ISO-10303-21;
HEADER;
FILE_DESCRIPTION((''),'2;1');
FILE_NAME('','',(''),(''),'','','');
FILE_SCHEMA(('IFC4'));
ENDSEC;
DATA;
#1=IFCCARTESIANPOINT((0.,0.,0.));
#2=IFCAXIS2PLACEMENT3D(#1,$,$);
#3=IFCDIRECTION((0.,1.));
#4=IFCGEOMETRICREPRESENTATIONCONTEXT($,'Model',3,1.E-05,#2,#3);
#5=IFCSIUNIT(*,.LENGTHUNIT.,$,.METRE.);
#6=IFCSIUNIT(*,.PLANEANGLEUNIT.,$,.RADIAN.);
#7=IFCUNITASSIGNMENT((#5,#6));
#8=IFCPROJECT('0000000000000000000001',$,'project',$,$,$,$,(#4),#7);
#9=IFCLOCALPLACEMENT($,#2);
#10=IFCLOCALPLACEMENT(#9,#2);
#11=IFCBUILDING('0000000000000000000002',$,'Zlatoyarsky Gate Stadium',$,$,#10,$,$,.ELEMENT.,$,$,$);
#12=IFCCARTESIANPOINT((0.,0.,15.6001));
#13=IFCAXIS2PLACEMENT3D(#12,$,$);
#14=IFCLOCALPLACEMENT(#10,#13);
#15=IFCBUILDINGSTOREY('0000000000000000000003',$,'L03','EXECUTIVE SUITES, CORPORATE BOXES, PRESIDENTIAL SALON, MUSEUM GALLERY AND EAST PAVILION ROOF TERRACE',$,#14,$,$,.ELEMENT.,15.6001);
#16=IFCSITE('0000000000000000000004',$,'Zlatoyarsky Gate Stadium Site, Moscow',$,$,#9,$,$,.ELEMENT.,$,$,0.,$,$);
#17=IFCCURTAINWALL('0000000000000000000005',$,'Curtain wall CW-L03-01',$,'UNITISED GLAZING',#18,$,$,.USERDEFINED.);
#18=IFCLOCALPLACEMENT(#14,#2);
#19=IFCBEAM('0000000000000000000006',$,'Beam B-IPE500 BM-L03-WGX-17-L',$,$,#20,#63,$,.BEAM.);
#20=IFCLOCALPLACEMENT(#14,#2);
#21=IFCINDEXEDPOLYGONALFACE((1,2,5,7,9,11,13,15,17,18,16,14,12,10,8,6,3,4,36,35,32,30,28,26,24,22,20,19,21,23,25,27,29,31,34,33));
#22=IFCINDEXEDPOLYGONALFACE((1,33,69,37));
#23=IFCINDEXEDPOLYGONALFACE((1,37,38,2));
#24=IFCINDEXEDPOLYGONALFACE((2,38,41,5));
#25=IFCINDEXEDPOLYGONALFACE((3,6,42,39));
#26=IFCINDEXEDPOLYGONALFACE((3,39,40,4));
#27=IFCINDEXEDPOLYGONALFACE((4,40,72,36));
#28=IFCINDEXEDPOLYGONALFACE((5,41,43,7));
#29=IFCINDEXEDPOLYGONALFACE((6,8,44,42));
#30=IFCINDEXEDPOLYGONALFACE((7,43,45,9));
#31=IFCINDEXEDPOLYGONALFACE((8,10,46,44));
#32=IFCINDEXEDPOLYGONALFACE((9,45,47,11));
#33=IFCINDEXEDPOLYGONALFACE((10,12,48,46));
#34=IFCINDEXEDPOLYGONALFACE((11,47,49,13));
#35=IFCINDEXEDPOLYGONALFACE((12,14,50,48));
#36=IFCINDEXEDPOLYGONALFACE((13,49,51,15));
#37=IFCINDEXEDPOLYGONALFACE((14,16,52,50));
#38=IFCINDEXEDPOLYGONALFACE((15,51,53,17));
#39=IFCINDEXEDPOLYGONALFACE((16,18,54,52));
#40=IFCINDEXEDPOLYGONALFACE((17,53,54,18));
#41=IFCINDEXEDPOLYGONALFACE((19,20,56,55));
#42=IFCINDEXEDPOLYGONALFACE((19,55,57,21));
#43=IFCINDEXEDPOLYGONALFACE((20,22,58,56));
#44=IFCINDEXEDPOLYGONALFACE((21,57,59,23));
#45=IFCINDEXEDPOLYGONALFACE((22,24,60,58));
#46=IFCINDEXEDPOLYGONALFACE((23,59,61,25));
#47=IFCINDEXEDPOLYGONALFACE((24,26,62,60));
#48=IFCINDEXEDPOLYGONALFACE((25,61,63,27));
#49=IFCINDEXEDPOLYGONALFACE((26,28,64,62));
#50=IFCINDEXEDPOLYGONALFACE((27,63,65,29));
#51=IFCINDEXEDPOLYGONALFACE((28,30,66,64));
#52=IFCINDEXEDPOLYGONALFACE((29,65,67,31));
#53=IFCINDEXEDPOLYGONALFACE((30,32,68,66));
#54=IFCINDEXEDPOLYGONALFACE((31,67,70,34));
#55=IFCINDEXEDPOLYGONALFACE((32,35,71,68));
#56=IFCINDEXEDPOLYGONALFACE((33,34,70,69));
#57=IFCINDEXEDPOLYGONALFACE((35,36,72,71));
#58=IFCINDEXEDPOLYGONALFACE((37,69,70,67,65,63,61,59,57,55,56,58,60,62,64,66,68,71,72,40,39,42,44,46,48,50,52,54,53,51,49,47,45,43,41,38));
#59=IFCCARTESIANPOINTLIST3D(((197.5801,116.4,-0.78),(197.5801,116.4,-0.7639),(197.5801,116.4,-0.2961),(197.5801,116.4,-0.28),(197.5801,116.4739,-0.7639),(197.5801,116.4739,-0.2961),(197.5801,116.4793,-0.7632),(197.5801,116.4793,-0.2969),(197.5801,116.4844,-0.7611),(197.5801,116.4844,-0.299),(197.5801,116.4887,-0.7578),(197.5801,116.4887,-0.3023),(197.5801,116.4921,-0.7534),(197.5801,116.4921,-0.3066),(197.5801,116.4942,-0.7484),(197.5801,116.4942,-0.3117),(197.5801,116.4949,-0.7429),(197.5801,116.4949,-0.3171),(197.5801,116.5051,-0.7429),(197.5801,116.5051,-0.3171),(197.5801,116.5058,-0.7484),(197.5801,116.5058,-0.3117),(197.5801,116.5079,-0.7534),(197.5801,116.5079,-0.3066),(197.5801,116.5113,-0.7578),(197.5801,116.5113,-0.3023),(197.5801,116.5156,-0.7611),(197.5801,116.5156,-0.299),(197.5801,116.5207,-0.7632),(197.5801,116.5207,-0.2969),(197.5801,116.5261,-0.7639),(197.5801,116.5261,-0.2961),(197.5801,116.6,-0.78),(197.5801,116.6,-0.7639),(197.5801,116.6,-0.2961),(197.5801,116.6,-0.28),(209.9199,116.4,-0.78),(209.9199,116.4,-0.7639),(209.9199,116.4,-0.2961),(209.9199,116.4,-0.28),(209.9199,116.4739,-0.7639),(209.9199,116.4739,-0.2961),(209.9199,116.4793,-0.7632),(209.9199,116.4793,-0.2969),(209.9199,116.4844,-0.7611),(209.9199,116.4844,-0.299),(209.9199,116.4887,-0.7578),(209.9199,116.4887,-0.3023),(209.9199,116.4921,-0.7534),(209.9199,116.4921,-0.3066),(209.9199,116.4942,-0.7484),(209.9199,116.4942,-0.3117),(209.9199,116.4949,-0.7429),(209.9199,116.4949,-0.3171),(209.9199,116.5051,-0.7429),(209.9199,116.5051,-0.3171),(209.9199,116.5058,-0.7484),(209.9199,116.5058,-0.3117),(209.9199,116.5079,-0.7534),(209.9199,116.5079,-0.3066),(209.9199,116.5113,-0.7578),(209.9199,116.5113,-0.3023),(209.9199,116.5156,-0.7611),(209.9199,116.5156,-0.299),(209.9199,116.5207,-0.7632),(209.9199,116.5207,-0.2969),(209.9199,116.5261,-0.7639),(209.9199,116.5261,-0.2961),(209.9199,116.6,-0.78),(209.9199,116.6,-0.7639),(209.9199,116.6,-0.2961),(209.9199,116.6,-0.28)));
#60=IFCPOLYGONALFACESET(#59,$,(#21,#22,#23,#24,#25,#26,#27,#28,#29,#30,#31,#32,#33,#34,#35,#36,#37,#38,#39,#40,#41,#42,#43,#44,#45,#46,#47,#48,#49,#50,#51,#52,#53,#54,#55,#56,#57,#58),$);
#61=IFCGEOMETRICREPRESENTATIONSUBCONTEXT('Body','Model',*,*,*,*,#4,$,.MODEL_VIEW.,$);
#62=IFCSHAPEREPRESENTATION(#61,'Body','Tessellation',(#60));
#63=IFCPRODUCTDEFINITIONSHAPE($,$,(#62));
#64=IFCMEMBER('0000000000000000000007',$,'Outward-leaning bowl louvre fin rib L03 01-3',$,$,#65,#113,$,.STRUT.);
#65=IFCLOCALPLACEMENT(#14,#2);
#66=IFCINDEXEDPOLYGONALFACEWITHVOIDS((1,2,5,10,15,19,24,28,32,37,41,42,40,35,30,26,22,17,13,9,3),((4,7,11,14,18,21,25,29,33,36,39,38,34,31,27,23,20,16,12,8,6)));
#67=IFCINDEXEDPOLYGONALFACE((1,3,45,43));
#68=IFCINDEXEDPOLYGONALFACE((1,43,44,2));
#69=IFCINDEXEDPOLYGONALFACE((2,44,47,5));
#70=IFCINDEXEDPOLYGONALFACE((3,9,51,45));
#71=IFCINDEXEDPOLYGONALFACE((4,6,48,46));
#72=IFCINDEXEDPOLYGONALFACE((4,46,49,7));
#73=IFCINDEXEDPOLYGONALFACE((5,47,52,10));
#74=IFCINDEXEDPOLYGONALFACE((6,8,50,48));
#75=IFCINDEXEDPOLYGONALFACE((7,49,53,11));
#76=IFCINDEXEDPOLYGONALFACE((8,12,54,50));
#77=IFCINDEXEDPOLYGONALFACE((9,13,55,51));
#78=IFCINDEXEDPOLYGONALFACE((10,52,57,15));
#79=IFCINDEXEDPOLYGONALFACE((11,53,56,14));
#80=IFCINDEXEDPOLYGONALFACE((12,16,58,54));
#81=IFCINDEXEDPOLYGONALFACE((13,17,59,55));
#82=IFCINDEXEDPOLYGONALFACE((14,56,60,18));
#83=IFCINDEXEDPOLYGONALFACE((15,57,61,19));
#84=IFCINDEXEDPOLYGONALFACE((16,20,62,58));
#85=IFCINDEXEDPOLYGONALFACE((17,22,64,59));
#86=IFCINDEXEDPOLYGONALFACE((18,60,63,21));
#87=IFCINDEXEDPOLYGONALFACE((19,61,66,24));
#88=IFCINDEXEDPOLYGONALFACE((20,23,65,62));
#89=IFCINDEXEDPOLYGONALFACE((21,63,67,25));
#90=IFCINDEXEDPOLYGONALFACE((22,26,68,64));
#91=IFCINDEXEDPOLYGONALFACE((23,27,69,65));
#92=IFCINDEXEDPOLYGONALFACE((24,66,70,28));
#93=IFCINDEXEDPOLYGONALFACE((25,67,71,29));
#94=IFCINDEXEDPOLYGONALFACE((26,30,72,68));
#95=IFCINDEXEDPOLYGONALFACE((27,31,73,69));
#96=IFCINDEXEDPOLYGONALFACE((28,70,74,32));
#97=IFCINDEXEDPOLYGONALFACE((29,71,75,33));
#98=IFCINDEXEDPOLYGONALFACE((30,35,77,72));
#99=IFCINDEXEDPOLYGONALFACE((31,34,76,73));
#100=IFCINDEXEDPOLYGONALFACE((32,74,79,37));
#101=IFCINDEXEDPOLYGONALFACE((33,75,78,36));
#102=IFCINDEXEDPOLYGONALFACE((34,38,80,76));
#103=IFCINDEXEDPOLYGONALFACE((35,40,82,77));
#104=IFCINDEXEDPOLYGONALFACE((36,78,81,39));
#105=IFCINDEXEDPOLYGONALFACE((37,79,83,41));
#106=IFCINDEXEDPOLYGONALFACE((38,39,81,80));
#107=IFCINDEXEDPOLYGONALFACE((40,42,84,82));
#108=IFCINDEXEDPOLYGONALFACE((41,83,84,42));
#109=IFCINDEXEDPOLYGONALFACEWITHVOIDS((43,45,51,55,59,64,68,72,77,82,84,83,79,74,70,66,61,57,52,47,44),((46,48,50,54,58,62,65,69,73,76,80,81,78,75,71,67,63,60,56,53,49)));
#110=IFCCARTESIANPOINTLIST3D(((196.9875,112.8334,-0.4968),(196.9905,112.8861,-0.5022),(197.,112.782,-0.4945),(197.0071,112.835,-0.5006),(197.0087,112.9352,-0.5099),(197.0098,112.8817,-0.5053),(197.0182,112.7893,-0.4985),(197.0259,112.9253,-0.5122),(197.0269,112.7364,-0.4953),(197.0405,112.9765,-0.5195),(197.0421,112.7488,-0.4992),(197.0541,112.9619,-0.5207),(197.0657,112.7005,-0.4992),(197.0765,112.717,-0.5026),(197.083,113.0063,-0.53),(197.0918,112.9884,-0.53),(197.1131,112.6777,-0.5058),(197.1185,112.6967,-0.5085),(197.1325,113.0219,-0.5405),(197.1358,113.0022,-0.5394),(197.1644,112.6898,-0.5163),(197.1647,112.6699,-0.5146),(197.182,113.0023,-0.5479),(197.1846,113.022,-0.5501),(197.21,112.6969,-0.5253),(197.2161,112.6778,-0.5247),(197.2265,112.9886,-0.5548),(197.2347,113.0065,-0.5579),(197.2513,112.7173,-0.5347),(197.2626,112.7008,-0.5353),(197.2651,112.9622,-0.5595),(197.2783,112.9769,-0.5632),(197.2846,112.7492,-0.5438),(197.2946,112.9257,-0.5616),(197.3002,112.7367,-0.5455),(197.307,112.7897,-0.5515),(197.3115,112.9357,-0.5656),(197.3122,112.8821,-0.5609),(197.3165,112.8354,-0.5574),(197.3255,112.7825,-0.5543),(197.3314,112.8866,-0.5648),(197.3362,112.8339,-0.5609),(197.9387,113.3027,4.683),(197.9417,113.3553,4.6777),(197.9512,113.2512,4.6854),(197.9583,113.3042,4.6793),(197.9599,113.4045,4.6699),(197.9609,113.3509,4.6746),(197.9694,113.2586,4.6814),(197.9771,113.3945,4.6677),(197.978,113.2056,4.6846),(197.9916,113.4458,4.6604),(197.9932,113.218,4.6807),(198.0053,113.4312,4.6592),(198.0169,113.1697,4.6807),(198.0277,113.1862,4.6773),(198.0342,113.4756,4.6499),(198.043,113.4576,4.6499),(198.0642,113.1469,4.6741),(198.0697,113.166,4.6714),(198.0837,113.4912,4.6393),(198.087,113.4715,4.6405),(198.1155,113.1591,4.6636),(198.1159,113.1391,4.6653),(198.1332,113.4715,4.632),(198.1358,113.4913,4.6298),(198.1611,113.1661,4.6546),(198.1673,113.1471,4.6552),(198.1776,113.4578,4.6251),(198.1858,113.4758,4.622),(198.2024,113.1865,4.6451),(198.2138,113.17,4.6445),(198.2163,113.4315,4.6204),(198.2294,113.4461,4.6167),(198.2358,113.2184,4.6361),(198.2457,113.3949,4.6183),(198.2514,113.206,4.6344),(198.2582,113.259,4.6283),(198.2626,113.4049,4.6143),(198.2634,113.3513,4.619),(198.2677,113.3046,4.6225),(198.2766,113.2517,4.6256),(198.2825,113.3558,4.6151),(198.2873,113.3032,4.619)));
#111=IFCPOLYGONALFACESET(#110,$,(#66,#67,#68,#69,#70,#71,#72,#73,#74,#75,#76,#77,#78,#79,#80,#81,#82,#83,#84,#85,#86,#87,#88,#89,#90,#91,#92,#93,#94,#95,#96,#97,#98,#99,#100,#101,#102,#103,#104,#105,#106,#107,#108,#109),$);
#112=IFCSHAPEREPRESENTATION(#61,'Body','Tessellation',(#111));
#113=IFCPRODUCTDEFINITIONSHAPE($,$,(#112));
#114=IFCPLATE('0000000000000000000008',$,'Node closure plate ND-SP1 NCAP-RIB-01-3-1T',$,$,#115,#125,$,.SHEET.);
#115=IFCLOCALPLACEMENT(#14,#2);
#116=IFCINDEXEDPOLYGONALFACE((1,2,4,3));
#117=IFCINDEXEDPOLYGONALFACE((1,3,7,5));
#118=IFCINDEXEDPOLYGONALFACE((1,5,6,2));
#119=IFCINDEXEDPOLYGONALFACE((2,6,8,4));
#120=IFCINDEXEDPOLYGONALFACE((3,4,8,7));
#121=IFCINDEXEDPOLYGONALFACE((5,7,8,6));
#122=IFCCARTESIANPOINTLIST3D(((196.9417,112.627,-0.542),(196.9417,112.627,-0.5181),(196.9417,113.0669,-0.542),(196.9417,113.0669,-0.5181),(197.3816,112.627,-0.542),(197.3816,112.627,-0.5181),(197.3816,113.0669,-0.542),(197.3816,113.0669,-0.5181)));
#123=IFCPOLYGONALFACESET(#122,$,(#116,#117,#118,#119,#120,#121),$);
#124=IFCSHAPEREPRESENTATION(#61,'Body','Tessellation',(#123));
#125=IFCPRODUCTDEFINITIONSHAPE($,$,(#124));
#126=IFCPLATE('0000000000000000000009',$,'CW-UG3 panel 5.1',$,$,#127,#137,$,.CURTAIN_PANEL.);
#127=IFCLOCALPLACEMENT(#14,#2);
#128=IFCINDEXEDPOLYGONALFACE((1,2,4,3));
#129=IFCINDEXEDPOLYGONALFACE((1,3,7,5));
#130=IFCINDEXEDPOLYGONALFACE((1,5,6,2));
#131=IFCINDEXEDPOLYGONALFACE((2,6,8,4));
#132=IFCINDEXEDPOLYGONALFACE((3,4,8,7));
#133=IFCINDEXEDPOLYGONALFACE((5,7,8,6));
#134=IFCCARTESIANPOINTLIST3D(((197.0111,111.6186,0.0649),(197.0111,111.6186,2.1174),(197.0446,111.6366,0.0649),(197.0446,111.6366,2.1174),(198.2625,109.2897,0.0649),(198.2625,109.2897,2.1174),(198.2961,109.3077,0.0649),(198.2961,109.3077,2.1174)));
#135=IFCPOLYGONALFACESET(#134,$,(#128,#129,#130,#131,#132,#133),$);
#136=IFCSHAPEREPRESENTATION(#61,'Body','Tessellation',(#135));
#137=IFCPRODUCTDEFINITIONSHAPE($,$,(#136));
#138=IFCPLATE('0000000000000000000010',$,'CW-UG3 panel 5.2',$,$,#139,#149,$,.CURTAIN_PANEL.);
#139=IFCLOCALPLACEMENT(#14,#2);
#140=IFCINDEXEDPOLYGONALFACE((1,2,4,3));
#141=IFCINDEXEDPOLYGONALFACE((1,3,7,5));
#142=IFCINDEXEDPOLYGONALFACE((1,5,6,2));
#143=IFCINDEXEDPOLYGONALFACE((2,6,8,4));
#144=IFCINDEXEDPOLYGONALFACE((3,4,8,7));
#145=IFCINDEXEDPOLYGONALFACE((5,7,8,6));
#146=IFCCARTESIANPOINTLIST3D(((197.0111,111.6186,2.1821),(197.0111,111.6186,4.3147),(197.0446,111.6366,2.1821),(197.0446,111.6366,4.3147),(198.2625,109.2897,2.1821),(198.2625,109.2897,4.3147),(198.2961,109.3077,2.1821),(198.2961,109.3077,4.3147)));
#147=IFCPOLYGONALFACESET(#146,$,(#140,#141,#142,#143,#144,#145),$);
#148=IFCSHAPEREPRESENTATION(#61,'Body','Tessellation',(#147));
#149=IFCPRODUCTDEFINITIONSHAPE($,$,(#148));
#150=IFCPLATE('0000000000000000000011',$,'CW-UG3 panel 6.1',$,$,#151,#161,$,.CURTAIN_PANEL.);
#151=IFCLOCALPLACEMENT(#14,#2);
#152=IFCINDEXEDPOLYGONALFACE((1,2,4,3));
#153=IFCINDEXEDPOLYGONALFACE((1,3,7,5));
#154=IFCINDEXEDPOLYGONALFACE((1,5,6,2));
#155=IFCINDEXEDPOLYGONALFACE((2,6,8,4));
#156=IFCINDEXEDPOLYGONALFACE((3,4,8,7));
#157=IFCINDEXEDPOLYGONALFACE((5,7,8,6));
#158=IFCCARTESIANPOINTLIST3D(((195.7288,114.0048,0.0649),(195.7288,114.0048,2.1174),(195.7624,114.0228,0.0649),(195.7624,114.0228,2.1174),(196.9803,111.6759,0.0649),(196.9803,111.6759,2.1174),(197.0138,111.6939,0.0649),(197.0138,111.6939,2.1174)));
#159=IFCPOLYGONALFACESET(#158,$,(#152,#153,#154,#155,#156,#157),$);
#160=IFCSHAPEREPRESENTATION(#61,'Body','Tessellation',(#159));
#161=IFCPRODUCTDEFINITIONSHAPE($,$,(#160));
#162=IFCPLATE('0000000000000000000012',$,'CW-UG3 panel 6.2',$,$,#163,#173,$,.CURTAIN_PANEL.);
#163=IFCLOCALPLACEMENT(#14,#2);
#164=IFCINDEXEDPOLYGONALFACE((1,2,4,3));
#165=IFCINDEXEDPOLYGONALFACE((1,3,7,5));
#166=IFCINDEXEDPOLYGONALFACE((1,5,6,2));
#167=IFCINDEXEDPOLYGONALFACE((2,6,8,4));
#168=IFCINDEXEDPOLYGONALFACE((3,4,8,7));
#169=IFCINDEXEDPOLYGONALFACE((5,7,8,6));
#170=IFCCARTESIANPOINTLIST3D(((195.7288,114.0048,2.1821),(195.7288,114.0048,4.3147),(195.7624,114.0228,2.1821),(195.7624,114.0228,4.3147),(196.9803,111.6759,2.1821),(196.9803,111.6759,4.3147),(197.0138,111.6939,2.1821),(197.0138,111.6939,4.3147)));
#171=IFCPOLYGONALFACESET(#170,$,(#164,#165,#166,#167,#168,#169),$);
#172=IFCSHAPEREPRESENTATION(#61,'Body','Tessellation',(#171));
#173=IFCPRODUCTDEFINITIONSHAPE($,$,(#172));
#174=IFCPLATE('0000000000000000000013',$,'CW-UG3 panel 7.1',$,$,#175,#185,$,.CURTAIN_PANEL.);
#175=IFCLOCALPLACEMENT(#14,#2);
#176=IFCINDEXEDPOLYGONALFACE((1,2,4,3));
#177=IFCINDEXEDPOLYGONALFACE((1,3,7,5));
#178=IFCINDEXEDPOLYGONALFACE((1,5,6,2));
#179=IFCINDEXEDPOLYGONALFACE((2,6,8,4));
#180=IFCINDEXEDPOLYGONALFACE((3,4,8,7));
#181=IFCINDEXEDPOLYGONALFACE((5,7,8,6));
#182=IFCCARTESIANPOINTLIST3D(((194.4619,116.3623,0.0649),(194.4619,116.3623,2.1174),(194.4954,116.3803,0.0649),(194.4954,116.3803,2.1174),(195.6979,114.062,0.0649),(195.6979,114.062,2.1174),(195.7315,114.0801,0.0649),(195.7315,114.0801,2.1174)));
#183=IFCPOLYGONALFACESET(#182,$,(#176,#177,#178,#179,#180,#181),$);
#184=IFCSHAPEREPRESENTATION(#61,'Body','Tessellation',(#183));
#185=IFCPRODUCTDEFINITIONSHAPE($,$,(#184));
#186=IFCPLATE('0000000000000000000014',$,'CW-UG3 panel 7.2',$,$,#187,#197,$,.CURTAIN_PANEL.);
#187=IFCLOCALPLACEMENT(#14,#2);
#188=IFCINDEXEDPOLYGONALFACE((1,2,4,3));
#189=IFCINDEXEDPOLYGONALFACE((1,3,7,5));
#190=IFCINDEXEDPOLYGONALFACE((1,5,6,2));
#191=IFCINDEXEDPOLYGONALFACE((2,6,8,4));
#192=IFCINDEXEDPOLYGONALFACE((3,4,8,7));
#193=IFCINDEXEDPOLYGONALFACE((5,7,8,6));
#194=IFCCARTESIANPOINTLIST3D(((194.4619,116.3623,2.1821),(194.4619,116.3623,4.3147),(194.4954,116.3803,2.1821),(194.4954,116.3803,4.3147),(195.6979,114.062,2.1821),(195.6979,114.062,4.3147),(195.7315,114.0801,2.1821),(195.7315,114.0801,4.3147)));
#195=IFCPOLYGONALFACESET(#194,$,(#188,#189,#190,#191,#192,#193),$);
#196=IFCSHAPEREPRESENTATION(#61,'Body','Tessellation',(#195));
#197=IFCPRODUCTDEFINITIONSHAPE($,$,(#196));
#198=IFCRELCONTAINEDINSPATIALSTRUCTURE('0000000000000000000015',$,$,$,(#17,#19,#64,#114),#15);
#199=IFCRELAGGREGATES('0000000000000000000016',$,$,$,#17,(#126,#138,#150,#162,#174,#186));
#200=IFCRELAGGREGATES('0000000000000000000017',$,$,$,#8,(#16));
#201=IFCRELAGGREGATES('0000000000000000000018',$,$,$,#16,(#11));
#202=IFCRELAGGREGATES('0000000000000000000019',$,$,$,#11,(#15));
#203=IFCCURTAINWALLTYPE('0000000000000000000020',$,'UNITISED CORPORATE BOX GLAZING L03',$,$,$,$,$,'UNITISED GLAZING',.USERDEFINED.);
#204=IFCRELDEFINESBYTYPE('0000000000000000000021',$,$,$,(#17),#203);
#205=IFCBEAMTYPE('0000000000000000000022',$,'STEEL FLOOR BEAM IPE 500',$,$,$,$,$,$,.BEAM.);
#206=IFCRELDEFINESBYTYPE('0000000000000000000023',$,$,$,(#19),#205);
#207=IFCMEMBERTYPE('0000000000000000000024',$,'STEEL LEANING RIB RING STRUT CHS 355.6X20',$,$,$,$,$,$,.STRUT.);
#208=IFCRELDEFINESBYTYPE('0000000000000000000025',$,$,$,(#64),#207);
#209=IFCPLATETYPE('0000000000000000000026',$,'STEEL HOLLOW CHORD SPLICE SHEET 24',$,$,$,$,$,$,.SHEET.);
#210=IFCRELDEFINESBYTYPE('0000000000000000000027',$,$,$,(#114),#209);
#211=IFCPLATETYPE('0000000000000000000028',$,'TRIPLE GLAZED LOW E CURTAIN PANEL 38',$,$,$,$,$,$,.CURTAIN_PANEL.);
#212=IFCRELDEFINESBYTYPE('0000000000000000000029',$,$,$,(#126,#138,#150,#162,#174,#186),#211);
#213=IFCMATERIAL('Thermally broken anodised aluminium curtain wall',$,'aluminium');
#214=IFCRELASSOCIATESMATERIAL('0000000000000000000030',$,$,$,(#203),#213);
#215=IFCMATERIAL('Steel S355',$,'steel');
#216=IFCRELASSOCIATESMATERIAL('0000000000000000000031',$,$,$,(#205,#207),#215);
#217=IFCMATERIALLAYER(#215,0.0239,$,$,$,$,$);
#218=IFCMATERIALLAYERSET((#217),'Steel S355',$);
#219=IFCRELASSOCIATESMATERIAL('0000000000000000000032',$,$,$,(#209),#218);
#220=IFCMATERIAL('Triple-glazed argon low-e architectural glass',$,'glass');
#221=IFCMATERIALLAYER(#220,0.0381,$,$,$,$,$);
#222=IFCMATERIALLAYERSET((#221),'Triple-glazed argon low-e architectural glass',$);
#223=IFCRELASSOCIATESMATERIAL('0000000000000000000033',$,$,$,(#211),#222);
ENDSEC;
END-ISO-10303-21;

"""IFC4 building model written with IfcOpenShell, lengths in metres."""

from ifc_helpers import new_model, si_unit, direction, frame, origin, origin_2d, place, context, subcontext, project, spatial, rectangle, hollow_circle, i_section, extrude, material, layer, layer_set, material_profile, profile_set, type_object, element, aggregate, save


model = new_model("IFC4")

# Units and contexts
model_context = context("Model", 3, precision=1e-05, world=origin(), true_north=direction((0.0, 1.0)))
body_context = subcontext(model_context, "Body", "Model", "MODEL_VIEW")
ifc_project = project(units=[si_unit("LENGTHUNIT", "METRE"), si_unit("PLANEANGLEUNIT", "RADIAN")], contexts=[model_context])

# Site, building, storey
site_placement = place(None, origin())
site = spatial("IfcSite", under=ifc_project, at=site_placement, Name="Zlatoyarsky Gate Stadium Site, Moscow", CompositionType="ELEMENT", RefElevation=0.0)
building_placement = place(site_placement, origin())
building = spatial("IfcBuilding", under=site, at=building_placement, Name="Zlatoyarsky Gate Stadium", CompositionType="ELEMENT")
storey_placement = place(building_placement, frame((0.0, 0.0, 15.6001)))
storey = spatial("IfcBuildingStorey", under=building, at=storey_placement, Name="L03", Description="EXECUTIVE SUITES, CORPORATE BOXES, PRESIDENTIAL SALON, MUSEUM GALLERY AND EAST PAVILION ROOF TERRACE", CompositionType="ELEMENT", Elevation=15.6001)

# Shared definitions
ifc_material_1 = material(Name="Steel S355", Category="steel")

# Curtain wall
ifc_material_2 = material(Name="Thermally broken anodised aluminium curtain wall", Category="aluminium")
curtain_wall_type = type_object("IfcCurtainWallType", Name="UNITISED CORPORATE BOX GLAZING L03", ElementType="UNITISED GLAZING", PredefinedType="USERDEFINED", material=ifc_material_2)
curtain_wall_placement = place(storey_placement, origin())
curtain_wall = element("IfcCurtainWall", 1, at=curtain_wall_placement, inside=storey, type_object=curtain_wall_type, Name="Curtain wall CW-L03-01", ObjectType="UNITISED GLAZING", PredefinedType="USERDEFINED")

# Beam
ifc_material_profile_1 = material_profile(ifc_material_1, i_section(OverallWidth=0.2, OverallDepth=0.5, WebThickness=0.0103, FlangeThickness=0.0161, FilletRadius=0.021, at=origin_2d()), Name="IPE 500")
ifc_profile_set_1 = profile_set([ifc_material_profile_1], Name="Steel S355")
beam_type = type_object("IfcBeamType", Name="STEEL FLOOR BEAM IPE 500", PredefinedType="BEAM", material=ifc_profile_set_1)
beam_placement = place(storey_placement, frame((197.5801, 116.5, -0.53), z_axis=(1.0, 0.0, 0.0), x_axis=(0.0, 1.0, 0.0)))
element("IfcBeam", 2, at=beam_placement, inside=storey, type_object=beam_type, Name="Beam B-IPE500 BM-L03-WGX-17-L", PredefinedType="BEAM", context=body_context, shape_type="SweptSolid", body=[
    extrude(i_section(OverallWidth=0.2, OverallDepth=0.5, WebThickness=0.0103, FlangeThickness=0.0161, FilletRadius=0.021, at=origin_2d()), origin(), (0.0, 0.0, 1.0), 12.3398),
])

# Member
ifc_material_profile_2 = material_profile(ifc_material_1, hollow_circle(Radius=0.1777, WallThickness=0.02, at=origin_2d()), Name="CHS 355.6X20")
ifc_profile_set_2 = profile_set([ifc_material_profile_2], Name="Steel S355")
member_type_1 = type_object("IfcMemberType", Name="STEEL LEANING RIB RING STRUT CHS 355.6X20", PredefinedType="STRUT", material=ifc_profile_set_2)
member_1_placement = place(storey_placement, frame((197.1616, 112.8469, -0.53), z_axis=(0.179894, 0.088746, 0.979675), x_axis=(-0.442419, 0.896808, 0.0)))
element("IfcMember", 3, at=member_1_placement, inside=storey, type_object=member_type_1, Name="Outward-leaning bowl louvre fin rib L03 01-3", PredefinedType="STRUT", context=body_context, shape_type="SweptSolid", body=[
    extrude(hollow_circle(Radius=0.1777, WallThickness=0.02, at=origin_2d()), origin(), (0.0, 0.0, 1.0), 5.2874),
])

# Plates
ifc_layer_1 = layer(ifc_material_1, 0.0239)
ifc_layer_set_1 = layer_set([ifc_layer_1], Name="Steel S355")
plate_type_1 = type_object("IfcPlateType", Name="STEEL HOLLOW CHORD SPLICE SHEET 24", PredefinedType="SHEET", material=ifc_layer_set_1)
plate_1_placement = place(storey_placement, frame((197.1616, 112.8469, -0.542), z_axis=(0.0, 0.0, 1.0), x_axis=(1.0, 0.0, 0.0)))
element("IfcPlate", 4, at=plate_1_placement, inside=storey, type_object=plate_type_1, Name="Node closure plate ND-SP1 NCAP-RIB-01-3-1T", PredefinedType="SHEET", context=body_context, shape_type="SweptSolid", body=[
    extrude(rectangle(XDim=0.4399, YDim=0.4399, at=origin_2d()), origin(), (0.0, 0.0, 1.0), 0.0239),
])
ifc_material_3 = material(Name="Triple-glazed argon low-e architectural glass", Category="glass")
ifc_layer_2 = layer(ifc_material_3, 0.0381)
ifc_layer_set_2 = layer_set([ifc_layer_2], Name="Triple-glazed argon low-e architectural glass")
plate_type_2 = type_object("IfcPlateType", Name="TRIPLE GLAZED LOW E CURTAIN PANEL 38", PredefinedType="CURTAIN_PANEL", material=ifc_layer_set_2)
plate_2_placement = place(storey_placement, frame((197.6536, 110.4631, 0.0649), z_axis=(0.0, 0.0, 1.0), x_axis=(-0.473345, 0.880877, 0.0)))
plate_2 = element("IfcPlate", 5, at=plate_2_placement, type_object=plate_type_2, Name="CW-UG3 panel 5.1", PredefinedType="CURTAIN_PANEL", context=body_context, shape_type="SweptSolid", body=[
    extrude(rectangle(XDim=2.6438, YDim=0.0381, at=origin_2d()), origin(), (0.0, 0.0, 1.0), 2.0525),
])
plate_3_placement = place(storey_placement, frame((197.6536, 110.4631, 2.1821), z_axis=(0.0, 0.0, 1.0), x_axis=(-0.473345, 0.880877, 0.0)))
plate_3 = element("IfcPlate", 6, at=plate_3_placement, type_object=plate_type_2, Name="CW-UG3 panel 5.2", PredefinedType="CURTAIN_PANEL", context=body_context, shape_type="SweptSolid", body=[
    extrude(rectangle(XDim=2.6438, YDim=0.0381, at=origin_2d()), origin(), (0.0, 0.0, 1.0), 2.1326),
])
plate_4_placement = place(storey_placement, frame((196.3713, 112.8494, 0.0649), z_axis=(0.0, 0.0, 1.0), x_axis=(-0.473345, 0.880877, 0.0)))
plate_4 = element("IfcPlate", 7, at=plate_4_placement, type_object=plate_type_2, Name="CW-UG3 panel 6.1", PredefinedType="CURTAIN_PANEL", context=body_context, shape_type="SweptSolid", body=[
    extrude(rectangle(XDim=2.6438, YDim=0.0381, at=origin_2d()), origin(), (0.0, 0.0, 1.0), 2.0525),
])
plate_5_placement = place(storey_placement, frame((196.3713, 112.8494, 2.1821), z_axis=(0.0, 0.0, 1.0), x_axis=(-0.473345, 0.880877, 0.0)))
plate_5 = element("IfcPlate", 8, at=plate_5_placement, type_object=plate_type_2, Name="CW-UG3 panel 6.2", PredefinedType="CURTAIN_PANEL", context=body_context, shape_type="SweptSolid", body=[
    extrude(rectangle(XDim=2.6438, YDim=0.0381, at=origin_2d()), origin(), (0.0, 0.0, 1.0), 2.1326),
])
plate_6_placement = place(storey_placement, frame((195.0967, 115.2212, 0.0649), z_axis=(0.0, 0.0, 1.0), x_axis=(-0.473345, 0.880877, 0.0)))
plate_6 = element("IfcPlate", 9, at=plate_6_placement, type_object=plate_type_2, Name="CW-UG3 panel 7.1", PredefinedType="CURTAIN_PANEL", context=body_context, shape_type="SweptSolid", body=[
    extrude(rectangle(XDim=2.6113, YDim=0.0381, at=origin_2d()), origin(), (0.0, 0.0, 1.0), 2.0525),
])
plate_7_placement = place(storey_placement, frame((195.0967, 115.2212, 2.1821), z_axis=(0.0, 0.0, 1.0), x_axis=(-0.473345, 0.880877, 0.0)))
plate_7 = element("IfcPlate", 10, at=plate_7_placement, type_object=plate_type_2, Name="CW-UG3 panel 7.2", PredefinedType="CURTAIN_PANEL", context=body_context, shape_type="SweptSolid", body=[
    extrude(rectangle(XDim=2.6113, YDim=0.0381, at=origin_2d()), origin(), (0.0, 0.0, 1.0), 2.1326),
])
aggregate(curtain_wall, [plate_2, plate_3, plate_4, plate_5, plate_6, plate_7])

save(model, "model.ifc")
